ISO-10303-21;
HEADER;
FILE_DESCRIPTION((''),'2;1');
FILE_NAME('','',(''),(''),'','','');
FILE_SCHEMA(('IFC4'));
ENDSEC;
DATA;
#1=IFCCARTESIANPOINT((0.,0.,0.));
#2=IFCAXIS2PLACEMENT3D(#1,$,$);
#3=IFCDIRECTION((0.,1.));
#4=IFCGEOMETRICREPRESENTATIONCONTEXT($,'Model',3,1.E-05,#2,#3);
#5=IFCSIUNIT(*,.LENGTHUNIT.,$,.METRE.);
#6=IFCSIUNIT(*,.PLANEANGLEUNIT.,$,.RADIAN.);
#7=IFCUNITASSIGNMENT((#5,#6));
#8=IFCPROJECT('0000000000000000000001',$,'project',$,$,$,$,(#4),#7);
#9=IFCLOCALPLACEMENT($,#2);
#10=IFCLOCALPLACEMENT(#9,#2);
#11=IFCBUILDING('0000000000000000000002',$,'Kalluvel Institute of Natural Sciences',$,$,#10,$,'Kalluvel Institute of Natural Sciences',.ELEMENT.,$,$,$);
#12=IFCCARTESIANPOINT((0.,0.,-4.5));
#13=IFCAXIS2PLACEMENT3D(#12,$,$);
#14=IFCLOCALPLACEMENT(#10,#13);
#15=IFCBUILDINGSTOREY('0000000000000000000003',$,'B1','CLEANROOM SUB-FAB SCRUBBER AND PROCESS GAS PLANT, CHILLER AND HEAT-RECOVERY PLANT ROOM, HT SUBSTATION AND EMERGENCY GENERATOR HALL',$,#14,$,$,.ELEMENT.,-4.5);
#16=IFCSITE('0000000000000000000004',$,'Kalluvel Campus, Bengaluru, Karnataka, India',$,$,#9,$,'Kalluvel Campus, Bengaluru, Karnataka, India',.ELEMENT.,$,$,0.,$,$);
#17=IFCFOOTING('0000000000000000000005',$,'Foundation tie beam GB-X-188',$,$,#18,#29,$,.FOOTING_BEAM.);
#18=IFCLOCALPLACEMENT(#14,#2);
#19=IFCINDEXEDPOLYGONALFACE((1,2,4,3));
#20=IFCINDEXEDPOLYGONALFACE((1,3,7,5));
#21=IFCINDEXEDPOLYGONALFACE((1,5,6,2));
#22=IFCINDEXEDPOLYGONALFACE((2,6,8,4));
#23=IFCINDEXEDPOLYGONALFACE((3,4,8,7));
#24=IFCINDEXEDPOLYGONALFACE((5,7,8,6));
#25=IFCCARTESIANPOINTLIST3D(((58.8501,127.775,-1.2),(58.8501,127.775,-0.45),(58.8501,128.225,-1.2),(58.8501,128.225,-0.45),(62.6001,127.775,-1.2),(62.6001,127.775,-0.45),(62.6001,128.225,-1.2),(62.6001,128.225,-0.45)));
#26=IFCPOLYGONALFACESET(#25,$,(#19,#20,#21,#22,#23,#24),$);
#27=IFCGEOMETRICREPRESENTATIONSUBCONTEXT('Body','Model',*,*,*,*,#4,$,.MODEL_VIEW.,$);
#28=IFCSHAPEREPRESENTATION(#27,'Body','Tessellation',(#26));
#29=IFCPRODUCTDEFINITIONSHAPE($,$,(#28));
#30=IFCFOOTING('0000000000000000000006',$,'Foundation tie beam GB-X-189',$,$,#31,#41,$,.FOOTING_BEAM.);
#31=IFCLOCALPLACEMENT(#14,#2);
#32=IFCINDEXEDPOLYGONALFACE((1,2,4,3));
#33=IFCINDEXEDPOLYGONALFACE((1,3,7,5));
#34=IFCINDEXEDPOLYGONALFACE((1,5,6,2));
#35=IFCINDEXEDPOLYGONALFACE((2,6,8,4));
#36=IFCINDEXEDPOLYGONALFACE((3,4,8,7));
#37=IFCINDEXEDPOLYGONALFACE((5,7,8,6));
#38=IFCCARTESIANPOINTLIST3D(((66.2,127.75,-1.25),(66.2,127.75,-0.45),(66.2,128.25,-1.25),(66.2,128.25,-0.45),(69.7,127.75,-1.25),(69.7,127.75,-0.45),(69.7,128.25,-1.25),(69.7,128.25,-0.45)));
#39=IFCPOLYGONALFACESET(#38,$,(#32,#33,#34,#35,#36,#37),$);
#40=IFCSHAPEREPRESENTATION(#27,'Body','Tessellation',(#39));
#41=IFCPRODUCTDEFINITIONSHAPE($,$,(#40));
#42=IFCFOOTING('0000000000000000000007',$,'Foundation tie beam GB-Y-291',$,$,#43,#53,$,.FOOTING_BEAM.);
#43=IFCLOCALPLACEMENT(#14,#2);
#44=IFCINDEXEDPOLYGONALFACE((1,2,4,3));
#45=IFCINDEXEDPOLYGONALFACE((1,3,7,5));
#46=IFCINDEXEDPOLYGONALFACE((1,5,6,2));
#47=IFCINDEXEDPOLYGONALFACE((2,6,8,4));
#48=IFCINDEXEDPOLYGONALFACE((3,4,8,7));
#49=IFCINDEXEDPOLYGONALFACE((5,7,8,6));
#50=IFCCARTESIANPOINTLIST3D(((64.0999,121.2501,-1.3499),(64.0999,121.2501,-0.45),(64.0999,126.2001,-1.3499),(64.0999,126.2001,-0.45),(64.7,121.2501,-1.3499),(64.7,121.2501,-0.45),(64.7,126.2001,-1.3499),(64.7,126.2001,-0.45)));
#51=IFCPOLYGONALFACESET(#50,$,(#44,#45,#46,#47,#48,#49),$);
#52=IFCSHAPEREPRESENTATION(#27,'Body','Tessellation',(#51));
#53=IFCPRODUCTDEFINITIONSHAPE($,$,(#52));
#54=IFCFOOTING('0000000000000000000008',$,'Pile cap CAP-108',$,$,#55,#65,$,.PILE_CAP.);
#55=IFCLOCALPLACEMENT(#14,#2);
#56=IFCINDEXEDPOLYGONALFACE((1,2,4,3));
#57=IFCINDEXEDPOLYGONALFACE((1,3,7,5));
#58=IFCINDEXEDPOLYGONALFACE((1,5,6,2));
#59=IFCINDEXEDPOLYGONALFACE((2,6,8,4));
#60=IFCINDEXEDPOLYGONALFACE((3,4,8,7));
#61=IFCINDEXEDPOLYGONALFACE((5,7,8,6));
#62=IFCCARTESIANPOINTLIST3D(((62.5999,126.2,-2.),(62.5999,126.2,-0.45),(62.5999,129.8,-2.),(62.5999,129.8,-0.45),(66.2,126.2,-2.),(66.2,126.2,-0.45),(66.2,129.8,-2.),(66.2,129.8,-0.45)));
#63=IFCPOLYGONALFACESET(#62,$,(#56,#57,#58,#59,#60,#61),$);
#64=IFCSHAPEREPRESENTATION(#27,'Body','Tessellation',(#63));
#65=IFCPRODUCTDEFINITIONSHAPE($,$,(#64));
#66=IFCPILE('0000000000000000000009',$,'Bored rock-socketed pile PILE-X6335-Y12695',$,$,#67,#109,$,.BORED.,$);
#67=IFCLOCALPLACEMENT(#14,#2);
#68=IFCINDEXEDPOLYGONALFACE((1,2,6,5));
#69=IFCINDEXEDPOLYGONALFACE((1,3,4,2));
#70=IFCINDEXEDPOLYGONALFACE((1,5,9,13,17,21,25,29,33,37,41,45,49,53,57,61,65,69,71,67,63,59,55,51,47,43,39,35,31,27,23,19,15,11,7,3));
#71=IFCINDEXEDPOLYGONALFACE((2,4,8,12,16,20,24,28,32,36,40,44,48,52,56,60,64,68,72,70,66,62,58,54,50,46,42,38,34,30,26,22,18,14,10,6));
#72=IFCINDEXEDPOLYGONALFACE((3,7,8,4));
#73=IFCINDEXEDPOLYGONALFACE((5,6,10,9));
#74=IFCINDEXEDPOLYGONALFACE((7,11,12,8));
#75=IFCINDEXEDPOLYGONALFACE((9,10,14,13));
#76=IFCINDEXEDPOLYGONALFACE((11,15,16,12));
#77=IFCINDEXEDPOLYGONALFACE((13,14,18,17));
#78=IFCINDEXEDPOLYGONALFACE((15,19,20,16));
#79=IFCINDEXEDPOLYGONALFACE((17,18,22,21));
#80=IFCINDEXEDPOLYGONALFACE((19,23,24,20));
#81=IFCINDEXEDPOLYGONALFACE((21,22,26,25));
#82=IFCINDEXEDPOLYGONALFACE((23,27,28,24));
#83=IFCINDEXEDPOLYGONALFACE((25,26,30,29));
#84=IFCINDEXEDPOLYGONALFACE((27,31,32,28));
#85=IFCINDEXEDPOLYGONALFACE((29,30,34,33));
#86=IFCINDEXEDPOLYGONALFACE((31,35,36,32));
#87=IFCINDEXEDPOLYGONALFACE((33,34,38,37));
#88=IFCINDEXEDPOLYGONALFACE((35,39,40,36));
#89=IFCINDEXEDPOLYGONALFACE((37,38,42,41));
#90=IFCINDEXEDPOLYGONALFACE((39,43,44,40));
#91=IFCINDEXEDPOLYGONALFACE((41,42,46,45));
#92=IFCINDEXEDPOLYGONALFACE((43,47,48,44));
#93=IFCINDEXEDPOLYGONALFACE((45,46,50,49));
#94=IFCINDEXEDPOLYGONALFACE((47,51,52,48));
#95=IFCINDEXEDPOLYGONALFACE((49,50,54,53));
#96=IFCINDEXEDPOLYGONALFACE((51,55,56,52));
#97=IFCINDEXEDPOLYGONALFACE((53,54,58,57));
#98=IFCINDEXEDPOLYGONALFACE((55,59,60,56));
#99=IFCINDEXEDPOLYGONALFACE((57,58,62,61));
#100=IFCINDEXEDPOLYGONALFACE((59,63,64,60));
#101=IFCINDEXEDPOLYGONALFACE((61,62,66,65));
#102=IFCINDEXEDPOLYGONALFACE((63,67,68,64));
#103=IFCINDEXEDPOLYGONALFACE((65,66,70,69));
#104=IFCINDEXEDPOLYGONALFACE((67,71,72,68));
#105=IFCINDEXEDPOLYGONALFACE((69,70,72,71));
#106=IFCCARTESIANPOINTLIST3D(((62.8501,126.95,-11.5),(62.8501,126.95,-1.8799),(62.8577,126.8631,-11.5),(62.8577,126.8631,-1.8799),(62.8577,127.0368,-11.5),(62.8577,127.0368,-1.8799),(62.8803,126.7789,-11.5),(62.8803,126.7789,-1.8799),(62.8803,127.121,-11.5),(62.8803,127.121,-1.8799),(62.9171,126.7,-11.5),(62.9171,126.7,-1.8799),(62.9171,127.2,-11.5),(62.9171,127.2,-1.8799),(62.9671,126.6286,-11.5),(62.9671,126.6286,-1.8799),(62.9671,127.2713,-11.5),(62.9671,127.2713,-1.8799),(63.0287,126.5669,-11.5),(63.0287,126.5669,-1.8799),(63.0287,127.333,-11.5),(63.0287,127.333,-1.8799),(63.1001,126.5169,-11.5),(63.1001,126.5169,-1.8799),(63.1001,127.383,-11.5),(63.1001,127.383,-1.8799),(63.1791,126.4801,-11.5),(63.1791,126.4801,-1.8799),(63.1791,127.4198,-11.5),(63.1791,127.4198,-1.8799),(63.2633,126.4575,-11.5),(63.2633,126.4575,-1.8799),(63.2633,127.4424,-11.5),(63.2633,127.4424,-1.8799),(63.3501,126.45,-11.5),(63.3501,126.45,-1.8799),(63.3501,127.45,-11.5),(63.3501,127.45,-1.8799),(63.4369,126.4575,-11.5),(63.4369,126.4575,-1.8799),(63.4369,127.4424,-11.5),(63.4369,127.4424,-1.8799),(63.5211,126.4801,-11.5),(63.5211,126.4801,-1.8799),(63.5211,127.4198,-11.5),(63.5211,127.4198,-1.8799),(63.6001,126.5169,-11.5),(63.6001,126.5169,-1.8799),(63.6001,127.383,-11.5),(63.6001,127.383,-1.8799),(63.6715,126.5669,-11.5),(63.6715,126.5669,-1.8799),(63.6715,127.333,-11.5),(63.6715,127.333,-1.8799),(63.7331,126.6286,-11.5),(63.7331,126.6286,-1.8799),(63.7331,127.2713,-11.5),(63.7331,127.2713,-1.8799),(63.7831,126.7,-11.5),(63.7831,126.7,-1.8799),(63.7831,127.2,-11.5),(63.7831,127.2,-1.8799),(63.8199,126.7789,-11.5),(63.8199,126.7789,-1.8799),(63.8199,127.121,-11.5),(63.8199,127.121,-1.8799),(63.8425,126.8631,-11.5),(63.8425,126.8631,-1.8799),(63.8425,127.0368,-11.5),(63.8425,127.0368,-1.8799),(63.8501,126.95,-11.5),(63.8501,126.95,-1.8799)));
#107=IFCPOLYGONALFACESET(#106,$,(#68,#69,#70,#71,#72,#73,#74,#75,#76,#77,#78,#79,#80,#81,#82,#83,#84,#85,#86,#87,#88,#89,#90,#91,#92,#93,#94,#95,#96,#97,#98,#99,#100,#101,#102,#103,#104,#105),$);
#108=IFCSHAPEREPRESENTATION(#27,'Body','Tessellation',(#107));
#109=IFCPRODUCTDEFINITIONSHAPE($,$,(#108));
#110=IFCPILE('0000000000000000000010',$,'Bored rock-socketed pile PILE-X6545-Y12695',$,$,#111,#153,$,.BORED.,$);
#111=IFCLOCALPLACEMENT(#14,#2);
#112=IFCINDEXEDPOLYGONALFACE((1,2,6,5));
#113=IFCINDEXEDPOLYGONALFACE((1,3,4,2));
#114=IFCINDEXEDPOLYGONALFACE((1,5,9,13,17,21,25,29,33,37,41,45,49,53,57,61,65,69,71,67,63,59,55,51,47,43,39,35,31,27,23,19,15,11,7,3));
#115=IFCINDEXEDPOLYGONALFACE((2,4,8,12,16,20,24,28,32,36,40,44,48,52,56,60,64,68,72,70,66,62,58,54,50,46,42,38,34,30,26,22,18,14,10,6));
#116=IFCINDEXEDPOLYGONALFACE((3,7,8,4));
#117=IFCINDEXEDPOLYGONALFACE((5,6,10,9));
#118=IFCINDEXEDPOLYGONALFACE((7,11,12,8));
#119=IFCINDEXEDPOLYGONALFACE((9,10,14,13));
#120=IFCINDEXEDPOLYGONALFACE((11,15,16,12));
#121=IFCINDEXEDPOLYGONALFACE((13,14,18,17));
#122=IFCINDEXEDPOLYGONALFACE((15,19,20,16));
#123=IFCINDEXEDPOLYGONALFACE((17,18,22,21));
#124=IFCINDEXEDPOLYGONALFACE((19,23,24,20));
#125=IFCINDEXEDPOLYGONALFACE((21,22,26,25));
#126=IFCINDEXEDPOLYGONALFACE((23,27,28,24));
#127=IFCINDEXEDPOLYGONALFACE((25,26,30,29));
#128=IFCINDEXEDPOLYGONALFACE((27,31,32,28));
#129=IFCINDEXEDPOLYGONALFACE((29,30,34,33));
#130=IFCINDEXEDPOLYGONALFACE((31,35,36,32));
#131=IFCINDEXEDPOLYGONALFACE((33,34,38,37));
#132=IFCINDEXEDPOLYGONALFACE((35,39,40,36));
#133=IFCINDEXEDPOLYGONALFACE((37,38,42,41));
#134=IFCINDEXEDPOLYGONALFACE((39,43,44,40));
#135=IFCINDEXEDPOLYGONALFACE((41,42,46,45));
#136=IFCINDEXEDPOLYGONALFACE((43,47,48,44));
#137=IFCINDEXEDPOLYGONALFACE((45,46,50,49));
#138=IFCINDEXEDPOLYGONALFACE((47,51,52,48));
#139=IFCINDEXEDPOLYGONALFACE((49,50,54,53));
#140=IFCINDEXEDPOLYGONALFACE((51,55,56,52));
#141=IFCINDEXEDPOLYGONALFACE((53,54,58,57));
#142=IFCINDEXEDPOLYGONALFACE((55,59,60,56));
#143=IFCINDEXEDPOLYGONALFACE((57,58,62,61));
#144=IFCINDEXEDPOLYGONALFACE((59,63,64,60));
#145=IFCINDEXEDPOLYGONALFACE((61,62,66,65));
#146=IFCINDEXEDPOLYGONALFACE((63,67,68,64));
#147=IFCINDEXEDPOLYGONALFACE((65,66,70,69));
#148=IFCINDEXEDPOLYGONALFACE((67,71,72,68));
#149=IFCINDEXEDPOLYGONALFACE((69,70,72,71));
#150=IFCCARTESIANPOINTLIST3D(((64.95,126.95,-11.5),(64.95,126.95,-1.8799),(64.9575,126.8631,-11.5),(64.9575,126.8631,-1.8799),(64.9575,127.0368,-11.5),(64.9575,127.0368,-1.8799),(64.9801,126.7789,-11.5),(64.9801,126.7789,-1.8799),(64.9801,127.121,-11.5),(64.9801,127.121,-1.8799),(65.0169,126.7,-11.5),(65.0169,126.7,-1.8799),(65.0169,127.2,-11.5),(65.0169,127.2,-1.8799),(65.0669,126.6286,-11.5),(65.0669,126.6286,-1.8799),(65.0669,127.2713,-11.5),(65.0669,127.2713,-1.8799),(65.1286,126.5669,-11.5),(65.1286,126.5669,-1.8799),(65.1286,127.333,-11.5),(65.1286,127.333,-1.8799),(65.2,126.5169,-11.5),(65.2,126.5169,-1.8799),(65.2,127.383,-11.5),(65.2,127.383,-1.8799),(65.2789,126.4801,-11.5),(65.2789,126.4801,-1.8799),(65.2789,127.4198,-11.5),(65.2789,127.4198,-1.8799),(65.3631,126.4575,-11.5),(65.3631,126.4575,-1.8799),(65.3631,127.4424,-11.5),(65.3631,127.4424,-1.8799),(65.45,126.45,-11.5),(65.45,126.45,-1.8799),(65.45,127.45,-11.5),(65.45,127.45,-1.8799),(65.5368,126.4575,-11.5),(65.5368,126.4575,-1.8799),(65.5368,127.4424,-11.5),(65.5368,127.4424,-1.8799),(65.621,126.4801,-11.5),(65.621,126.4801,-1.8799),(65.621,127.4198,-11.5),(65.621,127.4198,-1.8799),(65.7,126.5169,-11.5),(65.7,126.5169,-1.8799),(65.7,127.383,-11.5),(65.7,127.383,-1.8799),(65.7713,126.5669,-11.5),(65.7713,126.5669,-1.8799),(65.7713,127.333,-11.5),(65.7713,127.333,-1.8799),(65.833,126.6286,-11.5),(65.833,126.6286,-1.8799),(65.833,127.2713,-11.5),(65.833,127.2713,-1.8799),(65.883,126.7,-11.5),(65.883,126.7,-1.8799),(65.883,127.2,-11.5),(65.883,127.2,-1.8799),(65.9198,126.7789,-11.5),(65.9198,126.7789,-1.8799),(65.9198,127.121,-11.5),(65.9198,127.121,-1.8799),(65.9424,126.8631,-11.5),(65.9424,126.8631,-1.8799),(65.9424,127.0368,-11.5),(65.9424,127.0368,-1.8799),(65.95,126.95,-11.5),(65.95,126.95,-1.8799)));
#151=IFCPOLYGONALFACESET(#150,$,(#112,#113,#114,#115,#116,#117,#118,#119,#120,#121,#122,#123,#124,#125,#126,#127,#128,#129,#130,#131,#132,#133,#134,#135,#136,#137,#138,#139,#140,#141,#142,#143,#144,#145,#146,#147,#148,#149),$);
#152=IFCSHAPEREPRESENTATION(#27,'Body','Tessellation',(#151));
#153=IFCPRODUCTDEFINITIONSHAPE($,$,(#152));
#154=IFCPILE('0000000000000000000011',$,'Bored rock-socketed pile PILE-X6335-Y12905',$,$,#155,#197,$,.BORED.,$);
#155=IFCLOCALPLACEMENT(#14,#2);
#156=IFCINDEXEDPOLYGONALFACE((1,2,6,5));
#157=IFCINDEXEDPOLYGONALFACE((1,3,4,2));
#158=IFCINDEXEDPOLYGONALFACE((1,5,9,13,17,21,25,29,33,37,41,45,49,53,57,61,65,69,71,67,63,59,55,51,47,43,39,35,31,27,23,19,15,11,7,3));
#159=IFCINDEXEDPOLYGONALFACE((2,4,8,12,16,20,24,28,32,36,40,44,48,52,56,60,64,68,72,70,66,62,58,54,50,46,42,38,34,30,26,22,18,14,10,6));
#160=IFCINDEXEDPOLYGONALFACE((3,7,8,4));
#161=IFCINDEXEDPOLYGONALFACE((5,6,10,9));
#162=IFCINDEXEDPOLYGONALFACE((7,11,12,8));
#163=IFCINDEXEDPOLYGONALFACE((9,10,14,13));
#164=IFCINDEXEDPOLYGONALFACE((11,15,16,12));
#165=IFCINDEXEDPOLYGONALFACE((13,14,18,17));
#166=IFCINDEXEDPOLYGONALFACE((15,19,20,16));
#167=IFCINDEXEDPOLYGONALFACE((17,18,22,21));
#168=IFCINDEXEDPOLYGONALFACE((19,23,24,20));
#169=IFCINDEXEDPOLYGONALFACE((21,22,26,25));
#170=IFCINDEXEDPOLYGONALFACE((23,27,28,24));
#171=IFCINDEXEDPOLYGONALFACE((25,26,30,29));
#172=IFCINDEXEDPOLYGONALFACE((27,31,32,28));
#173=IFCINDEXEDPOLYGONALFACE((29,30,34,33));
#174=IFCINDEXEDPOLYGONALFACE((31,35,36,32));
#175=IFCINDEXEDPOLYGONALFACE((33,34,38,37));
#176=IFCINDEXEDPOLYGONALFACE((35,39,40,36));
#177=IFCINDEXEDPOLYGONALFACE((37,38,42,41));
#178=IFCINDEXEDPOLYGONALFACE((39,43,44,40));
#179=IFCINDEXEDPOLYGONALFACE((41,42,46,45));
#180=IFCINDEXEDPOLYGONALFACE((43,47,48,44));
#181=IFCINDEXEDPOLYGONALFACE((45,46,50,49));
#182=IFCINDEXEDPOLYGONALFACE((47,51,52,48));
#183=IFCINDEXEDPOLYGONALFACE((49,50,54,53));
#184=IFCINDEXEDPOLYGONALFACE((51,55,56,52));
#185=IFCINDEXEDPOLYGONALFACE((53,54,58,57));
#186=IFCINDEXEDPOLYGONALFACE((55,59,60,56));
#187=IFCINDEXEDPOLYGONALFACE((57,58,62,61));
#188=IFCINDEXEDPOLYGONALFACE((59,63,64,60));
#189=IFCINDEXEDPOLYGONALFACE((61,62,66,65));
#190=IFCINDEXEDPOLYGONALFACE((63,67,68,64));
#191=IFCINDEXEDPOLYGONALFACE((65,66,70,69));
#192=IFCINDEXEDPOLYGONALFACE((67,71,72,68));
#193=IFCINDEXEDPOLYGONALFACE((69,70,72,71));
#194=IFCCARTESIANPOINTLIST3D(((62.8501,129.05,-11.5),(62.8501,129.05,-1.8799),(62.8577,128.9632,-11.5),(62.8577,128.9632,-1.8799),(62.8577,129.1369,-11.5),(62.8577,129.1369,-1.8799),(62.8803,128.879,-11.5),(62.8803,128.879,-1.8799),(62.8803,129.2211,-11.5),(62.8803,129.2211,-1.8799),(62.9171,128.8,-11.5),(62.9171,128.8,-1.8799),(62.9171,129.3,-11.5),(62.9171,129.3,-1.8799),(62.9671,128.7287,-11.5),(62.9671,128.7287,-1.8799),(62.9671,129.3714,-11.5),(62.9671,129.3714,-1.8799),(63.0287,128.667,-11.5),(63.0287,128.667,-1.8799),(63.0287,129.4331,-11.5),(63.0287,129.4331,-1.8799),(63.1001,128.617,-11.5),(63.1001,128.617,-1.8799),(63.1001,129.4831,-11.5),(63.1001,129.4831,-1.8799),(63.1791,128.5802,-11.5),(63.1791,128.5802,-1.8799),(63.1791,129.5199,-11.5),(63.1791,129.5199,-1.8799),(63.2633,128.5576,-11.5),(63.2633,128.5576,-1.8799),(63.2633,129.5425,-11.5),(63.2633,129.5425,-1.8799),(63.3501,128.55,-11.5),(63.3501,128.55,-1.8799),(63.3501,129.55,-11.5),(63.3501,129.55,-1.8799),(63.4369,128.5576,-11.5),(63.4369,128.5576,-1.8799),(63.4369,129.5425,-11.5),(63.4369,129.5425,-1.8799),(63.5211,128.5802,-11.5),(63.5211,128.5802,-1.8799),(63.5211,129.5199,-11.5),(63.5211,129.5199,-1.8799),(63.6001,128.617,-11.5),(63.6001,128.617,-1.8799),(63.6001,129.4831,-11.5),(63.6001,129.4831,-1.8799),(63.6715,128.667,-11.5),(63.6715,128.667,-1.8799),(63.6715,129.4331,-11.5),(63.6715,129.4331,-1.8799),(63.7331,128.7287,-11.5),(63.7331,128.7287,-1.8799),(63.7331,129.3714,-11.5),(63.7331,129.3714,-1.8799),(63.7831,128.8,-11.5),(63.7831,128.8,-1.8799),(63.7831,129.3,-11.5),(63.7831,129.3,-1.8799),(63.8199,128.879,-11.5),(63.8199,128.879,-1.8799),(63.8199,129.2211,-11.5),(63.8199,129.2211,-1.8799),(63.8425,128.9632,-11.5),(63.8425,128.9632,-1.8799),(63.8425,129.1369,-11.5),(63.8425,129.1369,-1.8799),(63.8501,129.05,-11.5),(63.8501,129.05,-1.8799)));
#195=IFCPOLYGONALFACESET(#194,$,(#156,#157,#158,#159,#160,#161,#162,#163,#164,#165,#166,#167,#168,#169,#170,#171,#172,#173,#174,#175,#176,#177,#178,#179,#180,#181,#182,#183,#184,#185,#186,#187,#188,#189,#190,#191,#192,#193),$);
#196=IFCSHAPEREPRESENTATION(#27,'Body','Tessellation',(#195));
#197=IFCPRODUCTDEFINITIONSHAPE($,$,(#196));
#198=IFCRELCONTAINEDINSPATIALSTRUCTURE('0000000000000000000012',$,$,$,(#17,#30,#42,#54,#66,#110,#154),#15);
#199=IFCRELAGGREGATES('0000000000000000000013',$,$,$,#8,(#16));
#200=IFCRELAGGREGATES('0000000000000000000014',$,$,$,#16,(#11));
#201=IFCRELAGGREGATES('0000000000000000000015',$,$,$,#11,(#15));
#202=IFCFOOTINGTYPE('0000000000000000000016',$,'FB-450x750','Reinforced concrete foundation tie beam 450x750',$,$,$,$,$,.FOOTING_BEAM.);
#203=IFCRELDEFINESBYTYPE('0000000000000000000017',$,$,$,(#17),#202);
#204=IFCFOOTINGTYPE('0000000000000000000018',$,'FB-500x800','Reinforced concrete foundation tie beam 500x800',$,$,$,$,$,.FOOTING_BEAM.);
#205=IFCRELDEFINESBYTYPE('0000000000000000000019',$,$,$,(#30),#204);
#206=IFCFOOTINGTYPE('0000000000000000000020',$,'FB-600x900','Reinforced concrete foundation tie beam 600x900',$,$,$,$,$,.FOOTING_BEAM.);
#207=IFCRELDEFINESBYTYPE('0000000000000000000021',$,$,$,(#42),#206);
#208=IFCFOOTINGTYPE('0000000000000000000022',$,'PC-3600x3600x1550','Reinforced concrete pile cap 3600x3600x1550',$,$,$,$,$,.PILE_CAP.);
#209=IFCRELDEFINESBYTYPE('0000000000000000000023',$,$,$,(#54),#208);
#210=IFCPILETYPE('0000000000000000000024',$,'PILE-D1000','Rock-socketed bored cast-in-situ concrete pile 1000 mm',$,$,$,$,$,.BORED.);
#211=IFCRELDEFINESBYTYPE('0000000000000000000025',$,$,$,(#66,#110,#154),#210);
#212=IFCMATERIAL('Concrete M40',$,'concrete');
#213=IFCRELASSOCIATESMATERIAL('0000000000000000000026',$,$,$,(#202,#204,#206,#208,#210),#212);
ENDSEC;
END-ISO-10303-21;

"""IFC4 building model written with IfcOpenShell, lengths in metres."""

from ifc_helpers import new_model, si_unit, direction, frame, origin, origin_2d, place, context, subcontext, project, spatial, rectangle, circle, extrude, material, material_profile, profile_set, type_object, element, save


model = new_model("IFC4")

# Units and contexts
model_context = context("Model", 3, precision=1e-05, world=origin(), true_north=direction((0.0, 1.0)))
body_context = subcontext(model_context, "Body", "Model", "MODEL_VIEW")
ifc_project = project(units=[si_unit("LENGTHUNIT", "METRE"), si_unit("PLANEANGLEUNIT", "RADIAN")], contexts=[model_context])

# Site, building, storey
site_placement = place(None, origin())
site = spatial("IfcSite", under=ifc_project, at=site_placement, Name="Kalluvel Campus, Bengaluru, Karnataka, India", LongName="Kalluvel Campus, Bengaluru, Karnataka, India", CompositionType="ELEMENT", RefElevation=0.0)
building_placement = place(site_placement, origin())
building = spatial("IfcBuilding", under=site, at=building_placement, Name="Kalluvel Institute of Natural Sciences", LongName="Kalluvel Institute of Natural Sciences", CompositionType="ELEMENT")
storey_placement = place(building_placement, frame((0.0, 0.0, -4.5)))
storey = spatial("IfcBuildingStorey", under=building, at=storey_placement, Name="B1", Description="CLEANROOM SUB-FAB SCRUBBER AND PROCESS GAS PLANT, CHILLER AND HEAT-RECOVERY PLANT ROOM, HT SUBSTATION AND EMERGENCY GENERATOR HALL", CompositionType="ELEMENT", Elevation=-4.5)

# Footings
ifc_material_1 = material(Name="Concrete M40", Category="concrete")
footing_type_1 = type_object("IfcFootingType", Name="FB-450x750", Description="Reinforced concrete foundation tie beam 450x750", PredefinedType="FOOTING_BEAM", material=ifc_material_1)
footing_1_placement = place(storey_placement, frame((60.7251, 128.0, -1.2), z_axis=(0.0, 0.0, 1.0), x_axis=(1.0, 0.0, 0.0)))
element("IfcFooting", 1, at=footing_1_placement, inside=storey, type_object=footing_type_1, Name="Foundation tie beam GB-X-188", PredefinedType="FOOTING_BEAM", context=body_context, shape_type="SweptSolid", body=[
    extrude(rectangle(XDim=3.75, YDim=0.45, at=origin_2d()), origin(), (0.0, 0.0, 1.0), 0.75),
])
footing_type_2 = type_object("IfcFootingType", Name="FB-500x800", Description="Reinforced concrete foundation tie beam 500x800", PredefinedType="FOOTING_BEAM", material=ifc_material_1)
footing_2_placement = place(storey_placement, frame((67.95, 128.0, -1.25), z_axis=(0.0, 0.0, 1.0), x_axis=(1.0, 0.0, 0.0)))
element("IfcFooting", 2, at=footing_2_placement, inside=storey, type_object=footing_type_2, Name="Foundation tie beam GB-X-189", PredefinedType="FOOTING_BEAM", context=body_context, shape_type="SweptSolid", body=[
    extrude(rectangle(XDim=3.5, YDim=0.5, at=origin_2d()), origin(), (0.0, 0.0, 1.0), 0.8),
])
footing_type_3 = type_object("IfcFootingType", Name="FB-600x900", Description="Reinforced concrete foundation tie beam 600x900", PredefinedType="FOOTING_BEAM", material=ifc_material_1)
footing_3_placement = place(storey_placement, frame((64.3999, 123.7251, -1.3499), z_axis=(0.0, 0.0, 1.0), x_axis=(1.0, 0.0, 0.0)))
element("IfcFooting", 3, at=footing_3_placement, inside=storey, type_object=footing_type_3, Name="Foundation tie beam GB-Y-291", PredefinedType="FOOTING_BEAM", context=body_context, shape_type="SweptSolid", body=[
    extrude(rectangle(XDim=0.6001, YDim=4.95, at=origin_2d()), origin(), (0.0, 0.0, 1.0), 0.8999),
])
footing_type_4 = type_object("IfcFootingType", Name="PC-3600x3600x1550", Description="Reinforced concrete pile cap 3600x3600x1550", PredefinedType="PILE_CAP", material=ifc_material_1)
footing_4_placement = place(storey_placement, frame((64.3999, 128.0, -2.0), z_axis=(0.0, 0.0, 1.0), x_axis=(1.0, 0.0, 0.0)))
element("IfcFooting", 4, at=footing_4_placement, inside=storey, type_object=footing_type_4, Name="Pile cap CAP-108", PredefinedType="PILE_CAP", context=body_context, shape_type="SweptSolid", body=[
    extrude(rectangle(XDim=3.6001, YDim=3.6001, at=origin_2d()), origin(), (0.0, 0.0, 1.0), 1.55),
])

# Piles
ifc_material_profile_1 = material_profile(ifc_material_1, circle(Radius=0.5, at=origin_2d()), Name="PILE D1000")
ifc_profile_set_1 = profile_set([ifc_material_profile_1], Name="Concrete M40")
pile_type_1 = type_object("IfcPileType", Name="PILE-D1000", Description="Rock-socketed bored cast-in-situ concrete pile 1000 mm", PredefinedType="BORED", material=ifc_profile_set_1)
for number, where, z_axis, x_axis, name in (
    (5, (63.3501, 126.95, -1.8799), (0.0, 0.0, -1.0), (1.0, 0.0, 0.0), "Bored rock-socketed pile PILE-X6335-Y12695"),
    (6, (65.45, 126.95, -1.8799), (0.0, 0.0, -1.0), (1.0, 0.0, 0.0), "Bored rock-socketed pile PILE-X6545-Y12695"),
    (7, (63.3501, 129.05, -1.8799), (0.0, 0.0, -1.0), (1.0, 0.0, 0.0), "Bored rock-socketed pile PILE-X6335-Y12905"),
):
    element("IfcPile", number, at=place(storey_placement, frame(where, z_axis=z_axis, x_axis=x_axis)), inside=storey, type_object=pile_type_1, Name=name, PredefinedType="BORED", context=body_context, shape_type="SweptSolid", body=[
        extrude(circle(Radius=0.5, at=origin_2d()), origin(), (0.0, 0.0, 1.0), 9.6201),
    ])

save(model, "model.ifc")
